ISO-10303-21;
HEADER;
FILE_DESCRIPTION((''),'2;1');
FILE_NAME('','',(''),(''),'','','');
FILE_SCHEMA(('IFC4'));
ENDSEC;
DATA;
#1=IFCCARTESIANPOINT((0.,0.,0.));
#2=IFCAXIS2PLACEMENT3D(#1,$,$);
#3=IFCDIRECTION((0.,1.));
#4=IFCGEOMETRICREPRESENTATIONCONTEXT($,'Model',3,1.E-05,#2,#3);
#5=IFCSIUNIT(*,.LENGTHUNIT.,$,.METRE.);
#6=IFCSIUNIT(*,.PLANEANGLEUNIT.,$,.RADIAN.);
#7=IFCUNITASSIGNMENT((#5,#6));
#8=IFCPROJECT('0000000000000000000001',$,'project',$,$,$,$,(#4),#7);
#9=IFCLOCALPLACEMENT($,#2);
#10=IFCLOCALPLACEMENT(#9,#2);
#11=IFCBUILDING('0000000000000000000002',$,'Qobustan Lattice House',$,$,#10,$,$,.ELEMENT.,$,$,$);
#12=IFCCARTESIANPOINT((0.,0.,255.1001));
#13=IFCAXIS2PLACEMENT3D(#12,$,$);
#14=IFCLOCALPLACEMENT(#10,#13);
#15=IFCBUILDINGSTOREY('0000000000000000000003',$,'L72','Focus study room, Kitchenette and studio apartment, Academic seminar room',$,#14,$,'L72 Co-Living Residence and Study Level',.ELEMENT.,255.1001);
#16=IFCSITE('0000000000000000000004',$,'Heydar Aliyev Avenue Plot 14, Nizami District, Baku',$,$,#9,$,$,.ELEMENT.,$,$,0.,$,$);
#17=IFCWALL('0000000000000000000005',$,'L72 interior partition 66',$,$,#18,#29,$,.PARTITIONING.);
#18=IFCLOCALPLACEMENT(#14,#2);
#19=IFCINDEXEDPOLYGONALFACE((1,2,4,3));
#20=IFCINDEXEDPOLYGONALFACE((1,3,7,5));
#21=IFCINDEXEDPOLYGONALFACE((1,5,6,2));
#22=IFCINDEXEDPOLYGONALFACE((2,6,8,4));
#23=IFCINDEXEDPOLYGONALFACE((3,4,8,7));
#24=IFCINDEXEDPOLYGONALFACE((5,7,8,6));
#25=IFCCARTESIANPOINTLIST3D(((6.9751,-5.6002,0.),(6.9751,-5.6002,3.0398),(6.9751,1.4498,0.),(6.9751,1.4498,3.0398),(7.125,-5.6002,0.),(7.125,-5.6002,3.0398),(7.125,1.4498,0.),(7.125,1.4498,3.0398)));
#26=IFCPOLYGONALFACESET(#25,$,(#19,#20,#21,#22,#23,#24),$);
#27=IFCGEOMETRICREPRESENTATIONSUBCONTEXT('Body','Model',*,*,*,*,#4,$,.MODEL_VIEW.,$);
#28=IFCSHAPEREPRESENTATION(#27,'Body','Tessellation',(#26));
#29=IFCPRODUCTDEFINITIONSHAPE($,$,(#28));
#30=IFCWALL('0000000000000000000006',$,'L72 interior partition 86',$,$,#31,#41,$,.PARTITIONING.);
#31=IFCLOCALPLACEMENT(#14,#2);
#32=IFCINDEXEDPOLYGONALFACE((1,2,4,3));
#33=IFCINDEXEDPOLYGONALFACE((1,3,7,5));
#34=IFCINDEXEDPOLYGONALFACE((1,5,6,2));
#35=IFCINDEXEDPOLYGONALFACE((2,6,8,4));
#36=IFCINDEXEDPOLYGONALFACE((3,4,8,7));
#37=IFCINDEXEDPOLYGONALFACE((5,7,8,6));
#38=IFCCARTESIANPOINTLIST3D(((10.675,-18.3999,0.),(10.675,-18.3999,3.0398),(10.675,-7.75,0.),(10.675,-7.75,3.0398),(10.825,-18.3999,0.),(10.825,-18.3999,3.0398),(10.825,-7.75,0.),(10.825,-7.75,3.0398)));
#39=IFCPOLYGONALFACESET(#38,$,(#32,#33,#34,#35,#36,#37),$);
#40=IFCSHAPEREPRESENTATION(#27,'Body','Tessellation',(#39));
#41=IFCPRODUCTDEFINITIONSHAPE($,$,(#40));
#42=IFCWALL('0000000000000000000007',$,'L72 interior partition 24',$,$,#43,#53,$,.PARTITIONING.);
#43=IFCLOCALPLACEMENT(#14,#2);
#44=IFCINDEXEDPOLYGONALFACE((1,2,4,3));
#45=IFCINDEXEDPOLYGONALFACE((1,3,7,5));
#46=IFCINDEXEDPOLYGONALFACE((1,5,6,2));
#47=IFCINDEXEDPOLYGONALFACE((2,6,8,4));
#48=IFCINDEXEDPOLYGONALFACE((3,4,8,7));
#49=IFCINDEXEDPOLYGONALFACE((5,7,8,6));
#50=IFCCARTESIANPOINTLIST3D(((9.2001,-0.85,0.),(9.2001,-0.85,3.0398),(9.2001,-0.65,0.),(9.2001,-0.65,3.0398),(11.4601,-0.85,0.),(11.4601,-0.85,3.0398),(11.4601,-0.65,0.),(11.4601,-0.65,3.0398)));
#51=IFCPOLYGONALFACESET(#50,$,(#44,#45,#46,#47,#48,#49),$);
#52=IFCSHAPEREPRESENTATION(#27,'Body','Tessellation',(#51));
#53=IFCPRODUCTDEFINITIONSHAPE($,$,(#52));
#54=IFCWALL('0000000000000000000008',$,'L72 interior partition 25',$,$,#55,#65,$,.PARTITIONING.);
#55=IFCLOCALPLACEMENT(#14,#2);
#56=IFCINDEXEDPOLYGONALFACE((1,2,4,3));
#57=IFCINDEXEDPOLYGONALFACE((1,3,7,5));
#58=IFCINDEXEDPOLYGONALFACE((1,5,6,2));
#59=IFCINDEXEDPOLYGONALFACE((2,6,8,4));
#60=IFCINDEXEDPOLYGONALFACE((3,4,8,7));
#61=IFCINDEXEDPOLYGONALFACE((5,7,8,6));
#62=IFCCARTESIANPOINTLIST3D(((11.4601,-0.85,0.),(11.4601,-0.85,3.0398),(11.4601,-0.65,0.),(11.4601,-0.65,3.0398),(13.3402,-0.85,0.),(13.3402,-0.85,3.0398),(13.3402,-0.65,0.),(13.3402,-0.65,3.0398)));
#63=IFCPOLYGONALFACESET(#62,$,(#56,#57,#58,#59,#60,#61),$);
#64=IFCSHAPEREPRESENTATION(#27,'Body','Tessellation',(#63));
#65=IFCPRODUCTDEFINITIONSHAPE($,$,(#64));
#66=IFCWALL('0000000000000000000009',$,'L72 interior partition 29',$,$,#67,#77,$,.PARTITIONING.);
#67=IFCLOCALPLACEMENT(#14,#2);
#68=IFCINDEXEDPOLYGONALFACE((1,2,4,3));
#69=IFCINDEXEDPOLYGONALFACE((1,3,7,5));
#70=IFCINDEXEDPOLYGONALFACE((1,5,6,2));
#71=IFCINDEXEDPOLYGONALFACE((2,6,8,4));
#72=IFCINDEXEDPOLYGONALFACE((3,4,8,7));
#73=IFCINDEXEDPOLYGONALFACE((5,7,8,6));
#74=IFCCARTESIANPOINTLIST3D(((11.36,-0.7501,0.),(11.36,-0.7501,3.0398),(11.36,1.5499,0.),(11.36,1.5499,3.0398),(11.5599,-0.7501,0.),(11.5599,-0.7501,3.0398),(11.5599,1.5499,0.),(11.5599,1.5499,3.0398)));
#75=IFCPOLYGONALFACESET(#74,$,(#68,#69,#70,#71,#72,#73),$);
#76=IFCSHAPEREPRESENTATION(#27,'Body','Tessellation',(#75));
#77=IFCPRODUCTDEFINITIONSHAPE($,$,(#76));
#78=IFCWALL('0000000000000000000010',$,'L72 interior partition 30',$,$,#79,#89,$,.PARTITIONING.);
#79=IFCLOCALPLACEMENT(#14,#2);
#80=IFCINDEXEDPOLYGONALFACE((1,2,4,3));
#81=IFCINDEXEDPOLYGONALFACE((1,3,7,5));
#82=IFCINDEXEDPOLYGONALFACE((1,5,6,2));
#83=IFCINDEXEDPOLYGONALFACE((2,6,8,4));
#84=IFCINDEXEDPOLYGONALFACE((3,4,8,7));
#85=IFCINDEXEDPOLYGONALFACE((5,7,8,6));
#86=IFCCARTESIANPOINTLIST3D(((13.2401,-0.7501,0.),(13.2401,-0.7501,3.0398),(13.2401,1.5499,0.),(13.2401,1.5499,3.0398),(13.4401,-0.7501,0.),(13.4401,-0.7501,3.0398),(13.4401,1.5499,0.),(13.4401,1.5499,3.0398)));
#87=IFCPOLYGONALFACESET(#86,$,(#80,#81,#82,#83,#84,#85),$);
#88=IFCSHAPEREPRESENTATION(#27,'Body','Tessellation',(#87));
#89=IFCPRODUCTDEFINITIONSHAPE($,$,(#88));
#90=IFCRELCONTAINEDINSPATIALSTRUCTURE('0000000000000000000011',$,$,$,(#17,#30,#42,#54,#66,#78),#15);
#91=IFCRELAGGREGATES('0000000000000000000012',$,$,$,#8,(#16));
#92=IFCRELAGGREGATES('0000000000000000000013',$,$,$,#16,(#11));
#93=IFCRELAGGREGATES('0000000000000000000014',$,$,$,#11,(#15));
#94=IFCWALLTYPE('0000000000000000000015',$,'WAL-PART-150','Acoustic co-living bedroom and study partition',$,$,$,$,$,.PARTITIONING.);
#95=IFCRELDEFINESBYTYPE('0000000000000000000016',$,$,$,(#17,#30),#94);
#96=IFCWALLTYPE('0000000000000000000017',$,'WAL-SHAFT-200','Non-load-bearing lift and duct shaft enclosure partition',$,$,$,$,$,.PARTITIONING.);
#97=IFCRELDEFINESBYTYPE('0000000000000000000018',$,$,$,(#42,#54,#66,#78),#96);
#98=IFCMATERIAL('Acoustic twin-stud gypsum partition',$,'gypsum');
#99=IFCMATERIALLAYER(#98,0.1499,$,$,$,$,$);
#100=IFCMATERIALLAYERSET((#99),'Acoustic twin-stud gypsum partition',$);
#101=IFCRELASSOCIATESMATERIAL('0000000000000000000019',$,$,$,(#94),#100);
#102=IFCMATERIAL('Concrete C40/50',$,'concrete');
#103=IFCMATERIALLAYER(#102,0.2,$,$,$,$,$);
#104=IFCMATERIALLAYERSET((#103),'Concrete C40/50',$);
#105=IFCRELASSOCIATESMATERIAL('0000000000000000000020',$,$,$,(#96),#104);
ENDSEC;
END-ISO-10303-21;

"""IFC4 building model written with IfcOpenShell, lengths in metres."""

from ifc_helpers import new_model, si_unit, direction, frame, frame_2d, origin, place, context, subcontext, project, spatial, rectangle, extrude, material, layer, layer_set, type_object, element, save


model = new_model("IFC4")

# Units and contexts
model_context = context("Model", 3, precision=1e-05, world=origin(), true_north=direction((0.0, 1.0)))
body_context = subcontext(model_context, "Body", "Model", "MODEL_VIEW")
ifc_project = project(units=[si_unit("LENGTHUNIT", "METRE"), si_unit("PLANEANGLEUNIT", "RADIAN")], contexts=[model_context])

# Site, building, storey
site_placement = place(None, origin())
site = spatial("IfcSite", under=ifc_project, at=site_placement, Name="Heydar Aliyev Avenue Plot 14, Nizami District, Baku", CompositionType="ELEMENT", RefElevation=0.0)
building_placement = place(site_placement, origin())
building = spatial("IfcBuilding", under=site, at=building_placement, Name="Qobustan Lattice House", CompositionType="ELEMENT")
storey_placement = place(building_placement, frame((0.0, 0.0, 255.1001)))
storey = spatial("IfcBuildingStorey", under=building, at=storey_placement, Name="L72", Description="Focus study room, Kitchenette and studio apartment, Academic seminar room", LongName="L72 Co-Living Residence and Study Level", CompositionType="ELEMENT", Elevation=255.1001)

# Walls
ifc_material_1 = material(Name="Acoustic twin-stud gypsum partition", Category="gypsum")
ifc_layer_1 = layer(ifc_material_1, 0.1499)
ifc_layer_set_1 = layer_set([ifc_layer_1], Name="Acoustic twin-stud gypsum partition")
wall_type_1 = type_object("IfcWallType", Name="WAL-PART-150", Description="Acoustic co-living bedroom and study partition", PredefinedType="PARTITIONING", material=ifc_layer_set_1)
wall_1_placement = place(storey_placement, frame((7.05, -5.6001, 0.0), z_axis=(0.0, 0.0, 1.0), x_axis=(0.0, 1.0, 0.0)))
element("IfcWall", 1, at=wall_1_placement, inside=storey, type_object=wall_type_1, Name="L72 interior partition 66", PredefinedType="PARTITIONING", context=body_context, shape_type="SweptSolid", body=[
    extrude(rectangle(XDim=7.05, YDim=0.1499, at=frame_2d((3.5249, 0.0))), origin(), (0.0, 0.0, 1.0), 3.0398),
])
wall_2_placement = place(storey_placement, frame((10.75, -7.75, 0.0), z_axis=(0.0, 0.0, 1.0), x_axis=(0.0, -1.0, 0.0)))
element("IfcWall", 2, at=wall_2_placement, inside=storey, type_object=wall_type_1, Name="L72 interior partition 86", PredefinedType="PARTITIONING", context=body_context, shape_type="SweptSolid", body=[
    extrude(rectangle(XDim=10.6499, YDim=0.1499, at=frame_2d((5.325, 0.0))), origin(), (0.0, 0.0, 1.0), 3.0398),
])
ifc_material_2 = material(Name="Concrete C40/50", Category="concrete")
ifc_layer_2 = layer(ifc_material_2, 0.2)
ifc_layer_set_2 = layer_set([ifc_layer_2], Name="Concrete C40/50")
wall_type_2 = type_object("IfcWallType", Name="WAL-SHAFT-200", Description="Non-load-bearing lift and duct shaft enclosure partition", PredefinedType="PARTITIONING", material=ifc_layer_set_2)
wall_3_placement = place(storey_placement, frame((11.46, -0.75, 0.0), z_axis=(0.0, 0.0, 1.0), x_axis=(-1.0, 0.0, 0.0)))
element("IfcWall", 3, at=wall_3_placement, inside=storey, type_object=wall_type_2, Name="L72 interior partition 24", PredefinedType="PARTITIONING", context=body_context, shape_type="SweptSolid", body=[
    extrude(rectangle(XDim=2.26, YDim=0.2, at=frame_2d((1.1299, 0.0))), origin(), (0.0, 0.0, 1.0), 3.0398),
])
wall_4_placement = place(storey_placement, frame((13.3401, -0.75, 0.0), z_axis=(0.0, 0.0, 1.0), x_axis=(-1.0, 0.0, 0.0)))
element("IfcWall", 4, at=wall_4_placement, inside=storey, type_object=wall_type_2, Name="L72 interior partition 25", PredefinedType="PARTITIONING", context=body_context, shape_type="SweptSolid", body=[
    extrude(rectangle(XDim=1.8801, YDim=0.2, at=frame_2d((0.9399, 0.0))), origin(), (0.0, 0.0, 1.0), 3.0398),
])
for number, where, z_axis, x_axis, name in (
    (5, (11.46, -0.75, 0.0), (0.0, 0.0, 1.0), (0.0, 1.0, 0.0), "L72 interior partition 29"),
    (6, (13.3401, -0.75, 0.0), (0.0, 0.0, 1.0), (0.0, 1.0, 0.0), "L72 interior partition 30"),
):
    element("IfcWall", number, at=place(storey_placement, frame(where, z_axis=z_axis, x_axis=x_axis)), inside=storey, type_object=wall_type_2, Name=name, PredefinedType="PARTITIONING", context=body_context, shape_type="SweptSolid", body=[
        extrude(rectangle(XDim=2.3, YDim=0.2, at=frame_2d((1.1499, 0.0))), origin(), (0.0, 0.0, 1.0), 3.0398),
    ])

save(model, "model.ifc")
